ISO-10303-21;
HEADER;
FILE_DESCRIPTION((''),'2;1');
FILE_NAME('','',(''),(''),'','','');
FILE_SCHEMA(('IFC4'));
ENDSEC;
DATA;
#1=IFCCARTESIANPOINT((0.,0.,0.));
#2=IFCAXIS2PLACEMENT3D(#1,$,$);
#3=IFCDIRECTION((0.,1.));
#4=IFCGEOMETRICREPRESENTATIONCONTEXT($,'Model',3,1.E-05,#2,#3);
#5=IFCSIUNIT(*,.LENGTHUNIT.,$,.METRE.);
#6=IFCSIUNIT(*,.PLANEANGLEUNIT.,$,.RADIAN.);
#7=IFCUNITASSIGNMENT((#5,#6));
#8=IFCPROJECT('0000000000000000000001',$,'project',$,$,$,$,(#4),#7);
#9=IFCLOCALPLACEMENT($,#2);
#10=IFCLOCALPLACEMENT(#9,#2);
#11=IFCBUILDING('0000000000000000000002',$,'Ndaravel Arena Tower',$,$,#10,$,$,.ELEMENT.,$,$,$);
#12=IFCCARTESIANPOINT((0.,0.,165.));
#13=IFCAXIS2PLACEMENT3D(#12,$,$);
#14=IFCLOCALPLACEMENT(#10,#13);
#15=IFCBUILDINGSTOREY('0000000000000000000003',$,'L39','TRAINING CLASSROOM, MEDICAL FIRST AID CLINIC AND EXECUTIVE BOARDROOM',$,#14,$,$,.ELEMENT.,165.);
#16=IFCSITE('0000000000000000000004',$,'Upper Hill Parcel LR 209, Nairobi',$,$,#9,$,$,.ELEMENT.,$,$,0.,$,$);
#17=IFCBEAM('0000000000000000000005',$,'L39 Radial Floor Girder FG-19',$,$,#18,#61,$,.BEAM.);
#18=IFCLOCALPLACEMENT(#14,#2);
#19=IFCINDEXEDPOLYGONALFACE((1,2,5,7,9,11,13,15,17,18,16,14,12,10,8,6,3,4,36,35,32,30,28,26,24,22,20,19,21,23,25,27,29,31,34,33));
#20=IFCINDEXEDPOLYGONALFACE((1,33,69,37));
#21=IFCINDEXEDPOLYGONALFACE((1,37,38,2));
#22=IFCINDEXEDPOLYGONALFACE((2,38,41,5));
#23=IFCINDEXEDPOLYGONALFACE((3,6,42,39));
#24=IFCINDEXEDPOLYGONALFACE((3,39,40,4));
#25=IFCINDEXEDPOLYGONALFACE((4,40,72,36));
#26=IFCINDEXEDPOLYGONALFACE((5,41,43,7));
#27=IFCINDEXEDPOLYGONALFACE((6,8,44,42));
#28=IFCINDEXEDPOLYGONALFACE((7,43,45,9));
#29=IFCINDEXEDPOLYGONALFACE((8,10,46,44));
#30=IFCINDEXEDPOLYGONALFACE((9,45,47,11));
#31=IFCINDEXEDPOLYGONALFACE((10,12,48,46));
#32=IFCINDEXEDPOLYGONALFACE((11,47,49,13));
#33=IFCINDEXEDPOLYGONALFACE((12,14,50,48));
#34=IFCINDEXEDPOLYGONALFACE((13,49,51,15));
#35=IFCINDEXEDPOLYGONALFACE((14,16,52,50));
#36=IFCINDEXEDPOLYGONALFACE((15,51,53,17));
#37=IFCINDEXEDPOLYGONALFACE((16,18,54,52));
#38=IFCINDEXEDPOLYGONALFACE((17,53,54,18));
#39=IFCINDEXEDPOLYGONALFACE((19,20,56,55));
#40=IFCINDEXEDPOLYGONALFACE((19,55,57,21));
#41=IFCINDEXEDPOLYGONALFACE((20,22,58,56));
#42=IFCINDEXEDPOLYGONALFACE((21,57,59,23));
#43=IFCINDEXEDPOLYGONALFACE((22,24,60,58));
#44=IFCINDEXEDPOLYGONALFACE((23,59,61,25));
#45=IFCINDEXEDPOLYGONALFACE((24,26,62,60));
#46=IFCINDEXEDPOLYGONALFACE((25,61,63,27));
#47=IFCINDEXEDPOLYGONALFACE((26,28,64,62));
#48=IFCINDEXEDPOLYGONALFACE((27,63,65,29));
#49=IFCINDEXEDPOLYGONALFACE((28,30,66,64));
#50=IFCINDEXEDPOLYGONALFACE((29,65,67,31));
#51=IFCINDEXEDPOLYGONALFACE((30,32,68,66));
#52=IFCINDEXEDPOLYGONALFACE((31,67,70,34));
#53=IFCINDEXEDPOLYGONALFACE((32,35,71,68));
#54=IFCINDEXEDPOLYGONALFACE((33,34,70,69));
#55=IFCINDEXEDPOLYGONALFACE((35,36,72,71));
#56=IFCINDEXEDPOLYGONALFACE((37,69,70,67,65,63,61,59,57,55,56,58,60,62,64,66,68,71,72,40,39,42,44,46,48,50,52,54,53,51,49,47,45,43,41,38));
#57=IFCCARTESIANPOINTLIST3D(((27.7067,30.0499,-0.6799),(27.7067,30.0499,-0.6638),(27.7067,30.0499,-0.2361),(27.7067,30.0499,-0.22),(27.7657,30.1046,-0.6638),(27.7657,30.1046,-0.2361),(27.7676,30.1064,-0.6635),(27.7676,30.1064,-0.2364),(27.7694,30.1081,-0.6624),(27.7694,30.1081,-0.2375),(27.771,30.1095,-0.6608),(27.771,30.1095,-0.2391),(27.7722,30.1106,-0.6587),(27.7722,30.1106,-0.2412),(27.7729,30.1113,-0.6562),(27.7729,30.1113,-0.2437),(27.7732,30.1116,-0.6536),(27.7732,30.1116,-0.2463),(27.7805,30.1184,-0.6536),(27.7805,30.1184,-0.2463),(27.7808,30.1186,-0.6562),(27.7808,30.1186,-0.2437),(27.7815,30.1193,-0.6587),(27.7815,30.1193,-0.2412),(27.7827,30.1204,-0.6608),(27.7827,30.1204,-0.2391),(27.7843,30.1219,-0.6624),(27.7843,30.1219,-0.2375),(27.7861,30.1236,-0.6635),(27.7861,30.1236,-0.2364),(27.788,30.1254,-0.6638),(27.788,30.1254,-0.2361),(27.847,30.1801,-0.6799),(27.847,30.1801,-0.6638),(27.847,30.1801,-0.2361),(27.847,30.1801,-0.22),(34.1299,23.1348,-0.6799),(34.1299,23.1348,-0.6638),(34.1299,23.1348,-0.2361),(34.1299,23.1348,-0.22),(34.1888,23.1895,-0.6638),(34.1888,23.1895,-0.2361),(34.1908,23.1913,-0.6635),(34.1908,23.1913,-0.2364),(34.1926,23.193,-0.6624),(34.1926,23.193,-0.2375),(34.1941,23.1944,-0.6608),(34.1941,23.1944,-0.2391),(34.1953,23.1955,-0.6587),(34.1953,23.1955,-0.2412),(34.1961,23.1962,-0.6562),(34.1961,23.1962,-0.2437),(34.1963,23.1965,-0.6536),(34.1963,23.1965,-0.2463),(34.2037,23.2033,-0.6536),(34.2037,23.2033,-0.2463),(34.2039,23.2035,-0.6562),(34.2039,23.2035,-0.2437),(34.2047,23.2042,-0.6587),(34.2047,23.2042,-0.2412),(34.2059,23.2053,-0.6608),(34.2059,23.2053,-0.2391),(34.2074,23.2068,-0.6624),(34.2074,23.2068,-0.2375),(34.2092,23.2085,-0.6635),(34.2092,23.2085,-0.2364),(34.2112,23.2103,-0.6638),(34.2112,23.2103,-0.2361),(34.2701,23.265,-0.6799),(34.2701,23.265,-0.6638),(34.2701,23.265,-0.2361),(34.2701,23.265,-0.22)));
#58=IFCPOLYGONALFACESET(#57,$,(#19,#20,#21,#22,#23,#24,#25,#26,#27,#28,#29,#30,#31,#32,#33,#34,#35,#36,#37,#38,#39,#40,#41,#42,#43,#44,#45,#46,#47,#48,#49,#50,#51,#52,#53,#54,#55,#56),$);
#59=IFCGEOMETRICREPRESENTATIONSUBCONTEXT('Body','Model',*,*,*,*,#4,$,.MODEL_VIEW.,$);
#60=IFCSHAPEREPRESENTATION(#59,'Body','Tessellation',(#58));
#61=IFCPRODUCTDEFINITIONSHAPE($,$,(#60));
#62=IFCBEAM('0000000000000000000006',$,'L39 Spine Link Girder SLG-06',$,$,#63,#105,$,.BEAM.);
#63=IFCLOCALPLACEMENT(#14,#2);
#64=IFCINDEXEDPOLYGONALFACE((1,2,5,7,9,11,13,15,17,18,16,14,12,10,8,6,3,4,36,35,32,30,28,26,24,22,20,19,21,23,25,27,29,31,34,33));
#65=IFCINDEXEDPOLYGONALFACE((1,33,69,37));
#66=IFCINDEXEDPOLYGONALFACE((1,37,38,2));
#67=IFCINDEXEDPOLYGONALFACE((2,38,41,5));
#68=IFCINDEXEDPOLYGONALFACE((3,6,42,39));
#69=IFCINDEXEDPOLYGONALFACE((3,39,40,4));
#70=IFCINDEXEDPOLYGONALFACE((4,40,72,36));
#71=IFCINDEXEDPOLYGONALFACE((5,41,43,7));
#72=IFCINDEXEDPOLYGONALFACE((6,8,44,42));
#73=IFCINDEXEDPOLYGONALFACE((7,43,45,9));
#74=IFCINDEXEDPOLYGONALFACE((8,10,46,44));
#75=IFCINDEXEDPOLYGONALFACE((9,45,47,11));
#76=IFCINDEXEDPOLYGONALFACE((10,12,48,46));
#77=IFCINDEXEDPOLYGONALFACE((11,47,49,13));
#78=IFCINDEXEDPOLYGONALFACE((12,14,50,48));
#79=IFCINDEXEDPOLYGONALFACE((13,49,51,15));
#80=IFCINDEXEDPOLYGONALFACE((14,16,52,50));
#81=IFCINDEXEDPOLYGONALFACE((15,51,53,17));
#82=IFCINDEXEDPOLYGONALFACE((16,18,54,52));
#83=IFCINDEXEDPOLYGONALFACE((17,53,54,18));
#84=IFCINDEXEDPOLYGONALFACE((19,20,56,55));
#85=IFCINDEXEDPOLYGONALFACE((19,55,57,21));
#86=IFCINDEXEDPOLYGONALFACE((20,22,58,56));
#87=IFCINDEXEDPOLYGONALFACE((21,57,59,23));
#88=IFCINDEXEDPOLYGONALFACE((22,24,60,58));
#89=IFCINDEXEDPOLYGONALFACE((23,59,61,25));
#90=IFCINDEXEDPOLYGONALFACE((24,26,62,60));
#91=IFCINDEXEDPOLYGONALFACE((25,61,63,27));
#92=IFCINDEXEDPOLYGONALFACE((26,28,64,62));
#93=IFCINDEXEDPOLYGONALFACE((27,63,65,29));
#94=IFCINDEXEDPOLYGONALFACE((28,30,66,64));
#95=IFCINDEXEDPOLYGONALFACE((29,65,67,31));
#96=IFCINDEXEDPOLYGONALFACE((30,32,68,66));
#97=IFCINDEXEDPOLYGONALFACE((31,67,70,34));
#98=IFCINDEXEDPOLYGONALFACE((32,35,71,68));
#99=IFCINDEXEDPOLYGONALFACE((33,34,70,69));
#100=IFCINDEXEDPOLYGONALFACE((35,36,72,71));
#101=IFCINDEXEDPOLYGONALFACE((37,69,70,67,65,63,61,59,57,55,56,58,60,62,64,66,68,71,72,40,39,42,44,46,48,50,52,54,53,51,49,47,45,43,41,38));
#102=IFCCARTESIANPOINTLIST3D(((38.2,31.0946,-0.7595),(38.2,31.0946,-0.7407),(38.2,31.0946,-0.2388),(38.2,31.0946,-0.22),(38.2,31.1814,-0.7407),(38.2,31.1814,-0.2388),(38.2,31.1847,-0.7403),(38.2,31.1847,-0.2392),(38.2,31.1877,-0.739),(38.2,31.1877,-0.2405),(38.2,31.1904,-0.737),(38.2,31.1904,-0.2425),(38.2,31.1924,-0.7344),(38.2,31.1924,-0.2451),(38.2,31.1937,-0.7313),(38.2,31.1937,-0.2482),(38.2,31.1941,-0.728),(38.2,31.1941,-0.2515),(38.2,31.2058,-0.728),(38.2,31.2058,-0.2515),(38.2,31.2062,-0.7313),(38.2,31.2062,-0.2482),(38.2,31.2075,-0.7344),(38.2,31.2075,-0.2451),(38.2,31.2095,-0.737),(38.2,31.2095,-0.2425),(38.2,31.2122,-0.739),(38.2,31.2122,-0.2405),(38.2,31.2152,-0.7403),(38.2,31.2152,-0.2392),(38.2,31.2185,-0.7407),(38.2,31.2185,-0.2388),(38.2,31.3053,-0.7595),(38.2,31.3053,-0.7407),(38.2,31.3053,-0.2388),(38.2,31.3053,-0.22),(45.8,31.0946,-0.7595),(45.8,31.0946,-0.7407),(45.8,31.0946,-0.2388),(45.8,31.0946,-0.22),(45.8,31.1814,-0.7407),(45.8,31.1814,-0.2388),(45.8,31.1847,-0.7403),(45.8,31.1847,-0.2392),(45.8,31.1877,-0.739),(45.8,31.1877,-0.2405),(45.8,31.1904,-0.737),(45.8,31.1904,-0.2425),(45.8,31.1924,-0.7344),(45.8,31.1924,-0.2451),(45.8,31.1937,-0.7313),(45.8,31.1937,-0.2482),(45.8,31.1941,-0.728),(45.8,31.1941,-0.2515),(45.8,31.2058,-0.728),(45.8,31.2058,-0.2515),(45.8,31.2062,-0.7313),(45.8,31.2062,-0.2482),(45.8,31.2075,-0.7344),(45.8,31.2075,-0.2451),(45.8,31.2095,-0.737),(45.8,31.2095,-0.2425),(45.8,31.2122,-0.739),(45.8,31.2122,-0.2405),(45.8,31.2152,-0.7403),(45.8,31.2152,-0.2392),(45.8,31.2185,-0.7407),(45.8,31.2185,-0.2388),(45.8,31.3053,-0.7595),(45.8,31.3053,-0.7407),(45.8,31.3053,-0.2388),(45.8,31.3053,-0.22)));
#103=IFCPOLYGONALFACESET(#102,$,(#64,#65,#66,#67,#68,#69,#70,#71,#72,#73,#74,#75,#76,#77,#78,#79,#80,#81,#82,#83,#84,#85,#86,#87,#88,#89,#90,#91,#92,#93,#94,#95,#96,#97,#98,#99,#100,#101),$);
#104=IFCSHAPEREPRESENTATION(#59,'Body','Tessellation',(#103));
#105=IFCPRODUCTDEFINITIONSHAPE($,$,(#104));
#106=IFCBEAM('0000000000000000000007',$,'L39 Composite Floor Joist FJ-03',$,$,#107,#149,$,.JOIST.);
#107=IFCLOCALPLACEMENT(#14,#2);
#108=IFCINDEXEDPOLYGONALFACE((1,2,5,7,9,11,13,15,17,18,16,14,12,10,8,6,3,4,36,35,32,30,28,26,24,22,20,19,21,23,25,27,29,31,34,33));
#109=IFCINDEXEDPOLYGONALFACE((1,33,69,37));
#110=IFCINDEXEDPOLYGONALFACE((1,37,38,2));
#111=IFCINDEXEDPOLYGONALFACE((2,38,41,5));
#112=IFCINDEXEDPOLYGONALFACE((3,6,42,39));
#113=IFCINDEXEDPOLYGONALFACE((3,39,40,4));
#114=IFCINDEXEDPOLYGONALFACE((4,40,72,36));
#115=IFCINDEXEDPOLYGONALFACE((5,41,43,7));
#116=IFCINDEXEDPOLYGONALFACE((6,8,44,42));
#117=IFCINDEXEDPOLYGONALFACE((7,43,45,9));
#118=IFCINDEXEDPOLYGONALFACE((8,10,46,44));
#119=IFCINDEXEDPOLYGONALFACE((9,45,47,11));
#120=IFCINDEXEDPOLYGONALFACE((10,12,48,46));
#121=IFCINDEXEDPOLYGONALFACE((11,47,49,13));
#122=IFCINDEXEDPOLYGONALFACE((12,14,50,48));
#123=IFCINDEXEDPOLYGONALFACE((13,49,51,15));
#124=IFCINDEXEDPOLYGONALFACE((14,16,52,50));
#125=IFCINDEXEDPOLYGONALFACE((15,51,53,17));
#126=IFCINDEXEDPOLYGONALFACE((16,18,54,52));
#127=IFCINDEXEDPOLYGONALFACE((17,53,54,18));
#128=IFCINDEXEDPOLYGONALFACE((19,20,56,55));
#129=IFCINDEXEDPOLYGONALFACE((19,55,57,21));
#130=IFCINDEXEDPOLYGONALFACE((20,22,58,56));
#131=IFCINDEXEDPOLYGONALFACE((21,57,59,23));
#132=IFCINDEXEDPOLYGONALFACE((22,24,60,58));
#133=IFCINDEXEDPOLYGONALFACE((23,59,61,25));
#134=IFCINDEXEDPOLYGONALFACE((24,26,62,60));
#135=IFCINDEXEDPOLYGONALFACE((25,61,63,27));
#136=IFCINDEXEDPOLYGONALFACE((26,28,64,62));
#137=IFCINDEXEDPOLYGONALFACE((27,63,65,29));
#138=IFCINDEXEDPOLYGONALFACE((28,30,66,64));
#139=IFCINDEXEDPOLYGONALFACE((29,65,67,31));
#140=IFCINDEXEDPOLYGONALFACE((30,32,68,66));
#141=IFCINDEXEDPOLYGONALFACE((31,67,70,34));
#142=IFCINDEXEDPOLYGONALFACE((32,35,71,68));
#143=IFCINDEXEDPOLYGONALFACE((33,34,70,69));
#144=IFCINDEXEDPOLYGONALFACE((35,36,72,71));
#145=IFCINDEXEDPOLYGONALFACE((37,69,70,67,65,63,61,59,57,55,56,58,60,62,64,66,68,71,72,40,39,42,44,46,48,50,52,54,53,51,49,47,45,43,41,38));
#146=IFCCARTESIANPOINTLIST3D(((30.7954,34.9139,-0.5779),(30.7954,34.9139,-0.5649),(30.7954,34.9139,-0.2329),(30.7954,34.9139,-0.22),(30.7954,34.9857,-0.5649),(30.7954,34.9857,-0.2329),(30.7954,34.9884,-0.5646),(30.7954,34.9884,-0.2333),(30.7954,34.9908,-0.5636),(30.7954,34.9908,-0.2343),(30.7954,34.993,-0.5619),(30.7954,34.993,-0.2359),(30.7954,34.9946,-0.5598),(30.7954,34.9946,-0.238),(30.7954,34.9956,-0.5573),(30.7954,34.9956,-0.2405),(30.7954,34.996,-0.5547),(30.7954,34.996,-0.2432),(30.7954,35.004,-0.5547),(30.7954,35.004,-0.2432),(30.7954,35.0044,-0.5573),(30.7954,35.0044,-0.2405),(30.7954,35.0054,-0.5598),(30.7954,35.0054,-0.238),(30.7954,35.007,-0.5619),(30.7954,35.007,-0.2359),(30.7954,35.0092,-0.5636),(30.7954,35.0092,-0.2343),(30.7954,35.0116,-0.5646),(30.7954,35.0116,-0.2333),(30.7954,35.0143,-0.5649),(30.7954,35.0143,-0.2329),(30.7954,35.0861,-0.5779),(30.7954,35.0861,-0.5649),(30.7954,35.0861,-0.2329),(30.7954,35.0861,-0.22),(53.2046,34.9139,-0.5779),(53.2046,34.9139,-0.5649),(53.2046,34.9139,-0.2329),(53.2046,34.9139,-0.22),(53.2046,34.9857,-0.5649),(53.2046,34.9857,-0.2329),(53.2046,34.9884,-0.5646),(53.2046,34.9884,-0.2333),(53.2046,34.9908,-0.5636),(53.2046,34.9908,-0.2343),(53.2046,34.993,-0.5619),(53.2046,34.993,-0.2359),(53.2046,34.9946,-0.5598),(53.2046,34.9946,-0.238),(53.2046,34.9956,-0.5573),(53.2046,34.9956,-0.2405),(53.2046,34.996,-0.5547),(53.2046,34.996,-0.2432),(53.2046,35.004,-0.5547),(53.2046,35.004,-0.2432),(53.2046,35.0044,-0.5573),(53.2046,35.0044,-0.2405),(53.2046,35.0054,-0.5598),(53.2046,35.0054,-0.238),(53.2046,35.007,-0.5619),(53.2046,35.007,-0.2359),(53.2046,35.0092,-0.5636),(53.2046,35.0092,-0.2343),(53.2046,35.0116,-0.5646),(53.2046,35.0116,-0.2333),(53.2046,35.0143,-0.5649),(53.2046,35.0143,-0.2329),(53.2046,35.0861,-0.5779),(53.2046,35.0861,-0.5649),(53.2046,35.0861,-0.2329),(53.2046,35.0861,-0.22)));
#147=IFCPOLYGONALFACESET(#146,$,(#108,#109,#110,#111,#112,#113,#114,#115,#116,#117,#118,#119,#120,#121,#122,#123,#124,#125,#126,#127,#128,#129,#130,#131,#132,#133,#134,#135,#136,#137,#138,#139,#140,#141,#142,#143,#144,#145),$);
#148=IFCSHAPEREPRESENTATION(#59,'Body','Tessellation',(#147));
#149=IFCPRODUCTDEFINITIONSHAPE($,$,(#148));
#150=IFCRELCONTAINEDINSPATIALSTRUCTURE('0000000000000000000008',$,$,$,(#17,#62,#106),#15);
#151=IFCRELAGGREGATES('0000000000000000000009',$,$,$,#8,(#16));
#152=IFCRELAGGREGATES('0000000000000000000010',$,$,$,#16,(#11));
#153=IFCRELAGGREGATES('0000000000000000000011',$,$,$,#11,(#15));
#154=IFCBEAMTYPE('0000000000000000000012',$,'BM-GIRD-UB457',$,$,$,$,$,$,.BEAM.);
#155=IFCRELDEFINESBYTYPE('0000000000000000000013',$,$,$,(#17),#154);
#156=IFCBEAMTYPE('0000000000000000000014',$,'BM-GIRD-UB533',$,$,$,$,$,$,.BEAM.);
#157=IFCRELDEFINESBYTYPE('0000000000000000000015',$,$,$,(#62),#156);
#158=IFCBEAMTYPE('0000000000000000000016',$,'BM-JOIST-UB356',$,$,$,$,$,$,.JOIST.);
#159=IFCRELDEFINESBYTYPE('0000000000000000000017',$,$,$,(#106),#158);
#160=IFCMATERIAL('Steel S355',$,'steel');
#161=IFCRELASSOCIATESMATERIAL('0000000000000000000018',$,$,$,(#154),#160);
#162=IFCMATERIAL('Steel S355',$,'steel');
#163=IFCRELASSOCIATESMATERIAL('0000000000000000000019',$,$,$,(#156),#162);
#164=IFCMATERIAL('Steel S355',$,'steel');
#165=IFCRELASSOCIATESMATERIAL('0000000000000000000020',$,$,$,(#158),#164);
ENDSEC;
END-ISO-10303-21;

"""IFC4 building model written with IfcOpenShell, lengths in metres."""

from ifc_helpers import new_model, si_unit, direction, frame, origin, origin_2d, place, context, subcontext, project, spatial, i_section, extrude, material, material_profile, profile_set, type_object, element, save


model = new_model("IFC4")

# Units and contexts
model_context = context("Model", 3, precision=1e-05, world=origin(), true_north=direction((0.0, 1.0)))
body_context = subcontext(model_context, "Body", "Model", "MODEL_VIEW")
ifc_project = project(units=[si_unit("LENGTHUNIT", "METRE"), si_unit("PLANEANGLEUNIT", "RADIAN")], contexts=[model_context])

# Site, building, storey
site_placement = place(None, origin())
site = spatial("IfcSite", under=ifc_project, at=site_placement, Name="Upper Hill Parcel LR 209, Nairobi", CompositionType="ELEMENT", RefElevation=0.0)
building_placement = place(site_placement, origin())
building = spatial("IfcBuilding", under=site, at=building_placement, Name="Ndaravel Arena Tower", CompositionType="ELEMENT")
storey_placement = place(building_placement, frame((0.0, 0.0, 165.0)))
storey = spatial("IfcBuildingStorey", under=building, at=storey_placement, Name="L39", Description="TRAINING CLASSROOM, MEDICAL FIRST AID CLINIC AND EXECUTIVE BOARDROOM", CompositionType="ELEMENT", Elevation=165.0)

# Beams
ifc_material_1 = material(Name="Steel S355", Category="steel")
ifc_material_profile_1 = material_profile(ifc_material_1, i_section(OverallWidth=0.1914, OverallDepth=0.46, WebThickness=0.01, FlangeThickness=0.0161, FilletRadius=0.0103, at=origin_2d()), Name="UB 457x191x82")
ifc_profile_set_1 = profile_set([ifc_material_profile_1], Name="Steel S355")
beam_type_1 = type_object("IfcBeamType", Name="BM-GIRD-UB457", PredefinedType="BEAM", material=ifc_profile_set_1)
beam_1_placement = place(storey_placement, frame((27.7769, 30.115, -0.45), z_axis=(0.680564, -0.732688, 0.0), x_axis=(0.732688, 0.680564, 0.0)))
element("IfcBeam", 1, at=beam_1_placement, inside=storey, type_object=beam_type_1, Name="L39 Radial Floor Girder FG-19", PredefinedType="BEAM", context=body_context, shape_type="SweptSolid", body=[
    extrude(i_section(OverallWidth=0.1914, OverallDepth=0.46, WebThickness=0.01, FlangeThickness=0.0161, FilletRadius=0.0103, at=origin_2d()), origin(), (0.0, 0.0, 1.0), 9.438),
])
ifc_material_2 = material(Name="Steel S355", Category="steel")
ifc_material_profile_2 = material_profile(ifc_material_2, i_section(OverallWidth=0.2107, OverallDepth=0.5396, WebThickness=0.0117, FlangeThickness=0.0188, FilletRadius=0.0127, at=origin_2d()), Name="UB 533x210x109")
ifc_profile_set_2 = profile_set([ifc_material_profile_2], Name="Steel S355")
beam_type_2 = type_object("IfcBeamType", Name="BM-GIRD-UB533", PredefinedType="BEAM", material=ifc_profile_set_2)
beam_2_placement = place(storey_placement, frame((38.2, 31.2, -0.4897), z_axis=(1.0, 0.0, 0.0), x_axis=(0.0, 1.0, 0.0)))
element("IfcBeam", 2, at=beam_2_placement, inside=storey, type_object=beam_type_2, Name="L39 Spine Link Girder SLG-06", PredefinedType="BEAM", context=body_context, shape_type="SweptSolid", body=[
    extrude(i_section(OverallWidth=0.2107, OverallDepth=0.5396, WebThickness=0.0117, FlangeThickness=0.0188, FilletRadius=0.0127, at=origin_2d()), origin(), (0.0, 0.0, 1.0), 7.6001),
])
ifc_material_3 = material(Name="Steel S355", Category="steel")
ifc_material_profile_3 = material_profile(ifc_material_3, i_section(OverallWidth=0.1721, OverallDepth=0.3579, WebThickness=0.0081, FlangeThickness=0.0129, FilletRadius=0.0103, at=origin_2d()), Name="UB 356x171x57")
ifc_profile_set_3 = profile_set([ifc_material_profile_3], Name="Steel S355")
beam_type_3 = type_object("IfcBeamType", Name="BM-JOIST-UB356", PredefinedType="JOIST", material=ifc_profile_set_3)
beam_3_placement = place(storey_placement, frame((30.7954, 35.0, -0.3989), z_axis=(1.0, 0.0, 0.0), x_axis=(0.0, 1.0, 0.0)))
element("IfcBeam", 3, at=beam_3_placement, inside=storey, type_object=beam_type_3, Name="L39 Composite Floor Joist FJ-03", PredefinedType="JOIST", context=body_context, shape_type="SweptSolid", body=[
    extrude(i_section(OverallWidth=0.1721, OverallDepth=0.3579, WebThickness=0.0081, FlangeThickness=0.0129, FilletRadius=0.0103, at=origin_2d()), origin(), (0.0, 0.0, 1.0), 22.4092),
])

save(model, "model.ifc")
